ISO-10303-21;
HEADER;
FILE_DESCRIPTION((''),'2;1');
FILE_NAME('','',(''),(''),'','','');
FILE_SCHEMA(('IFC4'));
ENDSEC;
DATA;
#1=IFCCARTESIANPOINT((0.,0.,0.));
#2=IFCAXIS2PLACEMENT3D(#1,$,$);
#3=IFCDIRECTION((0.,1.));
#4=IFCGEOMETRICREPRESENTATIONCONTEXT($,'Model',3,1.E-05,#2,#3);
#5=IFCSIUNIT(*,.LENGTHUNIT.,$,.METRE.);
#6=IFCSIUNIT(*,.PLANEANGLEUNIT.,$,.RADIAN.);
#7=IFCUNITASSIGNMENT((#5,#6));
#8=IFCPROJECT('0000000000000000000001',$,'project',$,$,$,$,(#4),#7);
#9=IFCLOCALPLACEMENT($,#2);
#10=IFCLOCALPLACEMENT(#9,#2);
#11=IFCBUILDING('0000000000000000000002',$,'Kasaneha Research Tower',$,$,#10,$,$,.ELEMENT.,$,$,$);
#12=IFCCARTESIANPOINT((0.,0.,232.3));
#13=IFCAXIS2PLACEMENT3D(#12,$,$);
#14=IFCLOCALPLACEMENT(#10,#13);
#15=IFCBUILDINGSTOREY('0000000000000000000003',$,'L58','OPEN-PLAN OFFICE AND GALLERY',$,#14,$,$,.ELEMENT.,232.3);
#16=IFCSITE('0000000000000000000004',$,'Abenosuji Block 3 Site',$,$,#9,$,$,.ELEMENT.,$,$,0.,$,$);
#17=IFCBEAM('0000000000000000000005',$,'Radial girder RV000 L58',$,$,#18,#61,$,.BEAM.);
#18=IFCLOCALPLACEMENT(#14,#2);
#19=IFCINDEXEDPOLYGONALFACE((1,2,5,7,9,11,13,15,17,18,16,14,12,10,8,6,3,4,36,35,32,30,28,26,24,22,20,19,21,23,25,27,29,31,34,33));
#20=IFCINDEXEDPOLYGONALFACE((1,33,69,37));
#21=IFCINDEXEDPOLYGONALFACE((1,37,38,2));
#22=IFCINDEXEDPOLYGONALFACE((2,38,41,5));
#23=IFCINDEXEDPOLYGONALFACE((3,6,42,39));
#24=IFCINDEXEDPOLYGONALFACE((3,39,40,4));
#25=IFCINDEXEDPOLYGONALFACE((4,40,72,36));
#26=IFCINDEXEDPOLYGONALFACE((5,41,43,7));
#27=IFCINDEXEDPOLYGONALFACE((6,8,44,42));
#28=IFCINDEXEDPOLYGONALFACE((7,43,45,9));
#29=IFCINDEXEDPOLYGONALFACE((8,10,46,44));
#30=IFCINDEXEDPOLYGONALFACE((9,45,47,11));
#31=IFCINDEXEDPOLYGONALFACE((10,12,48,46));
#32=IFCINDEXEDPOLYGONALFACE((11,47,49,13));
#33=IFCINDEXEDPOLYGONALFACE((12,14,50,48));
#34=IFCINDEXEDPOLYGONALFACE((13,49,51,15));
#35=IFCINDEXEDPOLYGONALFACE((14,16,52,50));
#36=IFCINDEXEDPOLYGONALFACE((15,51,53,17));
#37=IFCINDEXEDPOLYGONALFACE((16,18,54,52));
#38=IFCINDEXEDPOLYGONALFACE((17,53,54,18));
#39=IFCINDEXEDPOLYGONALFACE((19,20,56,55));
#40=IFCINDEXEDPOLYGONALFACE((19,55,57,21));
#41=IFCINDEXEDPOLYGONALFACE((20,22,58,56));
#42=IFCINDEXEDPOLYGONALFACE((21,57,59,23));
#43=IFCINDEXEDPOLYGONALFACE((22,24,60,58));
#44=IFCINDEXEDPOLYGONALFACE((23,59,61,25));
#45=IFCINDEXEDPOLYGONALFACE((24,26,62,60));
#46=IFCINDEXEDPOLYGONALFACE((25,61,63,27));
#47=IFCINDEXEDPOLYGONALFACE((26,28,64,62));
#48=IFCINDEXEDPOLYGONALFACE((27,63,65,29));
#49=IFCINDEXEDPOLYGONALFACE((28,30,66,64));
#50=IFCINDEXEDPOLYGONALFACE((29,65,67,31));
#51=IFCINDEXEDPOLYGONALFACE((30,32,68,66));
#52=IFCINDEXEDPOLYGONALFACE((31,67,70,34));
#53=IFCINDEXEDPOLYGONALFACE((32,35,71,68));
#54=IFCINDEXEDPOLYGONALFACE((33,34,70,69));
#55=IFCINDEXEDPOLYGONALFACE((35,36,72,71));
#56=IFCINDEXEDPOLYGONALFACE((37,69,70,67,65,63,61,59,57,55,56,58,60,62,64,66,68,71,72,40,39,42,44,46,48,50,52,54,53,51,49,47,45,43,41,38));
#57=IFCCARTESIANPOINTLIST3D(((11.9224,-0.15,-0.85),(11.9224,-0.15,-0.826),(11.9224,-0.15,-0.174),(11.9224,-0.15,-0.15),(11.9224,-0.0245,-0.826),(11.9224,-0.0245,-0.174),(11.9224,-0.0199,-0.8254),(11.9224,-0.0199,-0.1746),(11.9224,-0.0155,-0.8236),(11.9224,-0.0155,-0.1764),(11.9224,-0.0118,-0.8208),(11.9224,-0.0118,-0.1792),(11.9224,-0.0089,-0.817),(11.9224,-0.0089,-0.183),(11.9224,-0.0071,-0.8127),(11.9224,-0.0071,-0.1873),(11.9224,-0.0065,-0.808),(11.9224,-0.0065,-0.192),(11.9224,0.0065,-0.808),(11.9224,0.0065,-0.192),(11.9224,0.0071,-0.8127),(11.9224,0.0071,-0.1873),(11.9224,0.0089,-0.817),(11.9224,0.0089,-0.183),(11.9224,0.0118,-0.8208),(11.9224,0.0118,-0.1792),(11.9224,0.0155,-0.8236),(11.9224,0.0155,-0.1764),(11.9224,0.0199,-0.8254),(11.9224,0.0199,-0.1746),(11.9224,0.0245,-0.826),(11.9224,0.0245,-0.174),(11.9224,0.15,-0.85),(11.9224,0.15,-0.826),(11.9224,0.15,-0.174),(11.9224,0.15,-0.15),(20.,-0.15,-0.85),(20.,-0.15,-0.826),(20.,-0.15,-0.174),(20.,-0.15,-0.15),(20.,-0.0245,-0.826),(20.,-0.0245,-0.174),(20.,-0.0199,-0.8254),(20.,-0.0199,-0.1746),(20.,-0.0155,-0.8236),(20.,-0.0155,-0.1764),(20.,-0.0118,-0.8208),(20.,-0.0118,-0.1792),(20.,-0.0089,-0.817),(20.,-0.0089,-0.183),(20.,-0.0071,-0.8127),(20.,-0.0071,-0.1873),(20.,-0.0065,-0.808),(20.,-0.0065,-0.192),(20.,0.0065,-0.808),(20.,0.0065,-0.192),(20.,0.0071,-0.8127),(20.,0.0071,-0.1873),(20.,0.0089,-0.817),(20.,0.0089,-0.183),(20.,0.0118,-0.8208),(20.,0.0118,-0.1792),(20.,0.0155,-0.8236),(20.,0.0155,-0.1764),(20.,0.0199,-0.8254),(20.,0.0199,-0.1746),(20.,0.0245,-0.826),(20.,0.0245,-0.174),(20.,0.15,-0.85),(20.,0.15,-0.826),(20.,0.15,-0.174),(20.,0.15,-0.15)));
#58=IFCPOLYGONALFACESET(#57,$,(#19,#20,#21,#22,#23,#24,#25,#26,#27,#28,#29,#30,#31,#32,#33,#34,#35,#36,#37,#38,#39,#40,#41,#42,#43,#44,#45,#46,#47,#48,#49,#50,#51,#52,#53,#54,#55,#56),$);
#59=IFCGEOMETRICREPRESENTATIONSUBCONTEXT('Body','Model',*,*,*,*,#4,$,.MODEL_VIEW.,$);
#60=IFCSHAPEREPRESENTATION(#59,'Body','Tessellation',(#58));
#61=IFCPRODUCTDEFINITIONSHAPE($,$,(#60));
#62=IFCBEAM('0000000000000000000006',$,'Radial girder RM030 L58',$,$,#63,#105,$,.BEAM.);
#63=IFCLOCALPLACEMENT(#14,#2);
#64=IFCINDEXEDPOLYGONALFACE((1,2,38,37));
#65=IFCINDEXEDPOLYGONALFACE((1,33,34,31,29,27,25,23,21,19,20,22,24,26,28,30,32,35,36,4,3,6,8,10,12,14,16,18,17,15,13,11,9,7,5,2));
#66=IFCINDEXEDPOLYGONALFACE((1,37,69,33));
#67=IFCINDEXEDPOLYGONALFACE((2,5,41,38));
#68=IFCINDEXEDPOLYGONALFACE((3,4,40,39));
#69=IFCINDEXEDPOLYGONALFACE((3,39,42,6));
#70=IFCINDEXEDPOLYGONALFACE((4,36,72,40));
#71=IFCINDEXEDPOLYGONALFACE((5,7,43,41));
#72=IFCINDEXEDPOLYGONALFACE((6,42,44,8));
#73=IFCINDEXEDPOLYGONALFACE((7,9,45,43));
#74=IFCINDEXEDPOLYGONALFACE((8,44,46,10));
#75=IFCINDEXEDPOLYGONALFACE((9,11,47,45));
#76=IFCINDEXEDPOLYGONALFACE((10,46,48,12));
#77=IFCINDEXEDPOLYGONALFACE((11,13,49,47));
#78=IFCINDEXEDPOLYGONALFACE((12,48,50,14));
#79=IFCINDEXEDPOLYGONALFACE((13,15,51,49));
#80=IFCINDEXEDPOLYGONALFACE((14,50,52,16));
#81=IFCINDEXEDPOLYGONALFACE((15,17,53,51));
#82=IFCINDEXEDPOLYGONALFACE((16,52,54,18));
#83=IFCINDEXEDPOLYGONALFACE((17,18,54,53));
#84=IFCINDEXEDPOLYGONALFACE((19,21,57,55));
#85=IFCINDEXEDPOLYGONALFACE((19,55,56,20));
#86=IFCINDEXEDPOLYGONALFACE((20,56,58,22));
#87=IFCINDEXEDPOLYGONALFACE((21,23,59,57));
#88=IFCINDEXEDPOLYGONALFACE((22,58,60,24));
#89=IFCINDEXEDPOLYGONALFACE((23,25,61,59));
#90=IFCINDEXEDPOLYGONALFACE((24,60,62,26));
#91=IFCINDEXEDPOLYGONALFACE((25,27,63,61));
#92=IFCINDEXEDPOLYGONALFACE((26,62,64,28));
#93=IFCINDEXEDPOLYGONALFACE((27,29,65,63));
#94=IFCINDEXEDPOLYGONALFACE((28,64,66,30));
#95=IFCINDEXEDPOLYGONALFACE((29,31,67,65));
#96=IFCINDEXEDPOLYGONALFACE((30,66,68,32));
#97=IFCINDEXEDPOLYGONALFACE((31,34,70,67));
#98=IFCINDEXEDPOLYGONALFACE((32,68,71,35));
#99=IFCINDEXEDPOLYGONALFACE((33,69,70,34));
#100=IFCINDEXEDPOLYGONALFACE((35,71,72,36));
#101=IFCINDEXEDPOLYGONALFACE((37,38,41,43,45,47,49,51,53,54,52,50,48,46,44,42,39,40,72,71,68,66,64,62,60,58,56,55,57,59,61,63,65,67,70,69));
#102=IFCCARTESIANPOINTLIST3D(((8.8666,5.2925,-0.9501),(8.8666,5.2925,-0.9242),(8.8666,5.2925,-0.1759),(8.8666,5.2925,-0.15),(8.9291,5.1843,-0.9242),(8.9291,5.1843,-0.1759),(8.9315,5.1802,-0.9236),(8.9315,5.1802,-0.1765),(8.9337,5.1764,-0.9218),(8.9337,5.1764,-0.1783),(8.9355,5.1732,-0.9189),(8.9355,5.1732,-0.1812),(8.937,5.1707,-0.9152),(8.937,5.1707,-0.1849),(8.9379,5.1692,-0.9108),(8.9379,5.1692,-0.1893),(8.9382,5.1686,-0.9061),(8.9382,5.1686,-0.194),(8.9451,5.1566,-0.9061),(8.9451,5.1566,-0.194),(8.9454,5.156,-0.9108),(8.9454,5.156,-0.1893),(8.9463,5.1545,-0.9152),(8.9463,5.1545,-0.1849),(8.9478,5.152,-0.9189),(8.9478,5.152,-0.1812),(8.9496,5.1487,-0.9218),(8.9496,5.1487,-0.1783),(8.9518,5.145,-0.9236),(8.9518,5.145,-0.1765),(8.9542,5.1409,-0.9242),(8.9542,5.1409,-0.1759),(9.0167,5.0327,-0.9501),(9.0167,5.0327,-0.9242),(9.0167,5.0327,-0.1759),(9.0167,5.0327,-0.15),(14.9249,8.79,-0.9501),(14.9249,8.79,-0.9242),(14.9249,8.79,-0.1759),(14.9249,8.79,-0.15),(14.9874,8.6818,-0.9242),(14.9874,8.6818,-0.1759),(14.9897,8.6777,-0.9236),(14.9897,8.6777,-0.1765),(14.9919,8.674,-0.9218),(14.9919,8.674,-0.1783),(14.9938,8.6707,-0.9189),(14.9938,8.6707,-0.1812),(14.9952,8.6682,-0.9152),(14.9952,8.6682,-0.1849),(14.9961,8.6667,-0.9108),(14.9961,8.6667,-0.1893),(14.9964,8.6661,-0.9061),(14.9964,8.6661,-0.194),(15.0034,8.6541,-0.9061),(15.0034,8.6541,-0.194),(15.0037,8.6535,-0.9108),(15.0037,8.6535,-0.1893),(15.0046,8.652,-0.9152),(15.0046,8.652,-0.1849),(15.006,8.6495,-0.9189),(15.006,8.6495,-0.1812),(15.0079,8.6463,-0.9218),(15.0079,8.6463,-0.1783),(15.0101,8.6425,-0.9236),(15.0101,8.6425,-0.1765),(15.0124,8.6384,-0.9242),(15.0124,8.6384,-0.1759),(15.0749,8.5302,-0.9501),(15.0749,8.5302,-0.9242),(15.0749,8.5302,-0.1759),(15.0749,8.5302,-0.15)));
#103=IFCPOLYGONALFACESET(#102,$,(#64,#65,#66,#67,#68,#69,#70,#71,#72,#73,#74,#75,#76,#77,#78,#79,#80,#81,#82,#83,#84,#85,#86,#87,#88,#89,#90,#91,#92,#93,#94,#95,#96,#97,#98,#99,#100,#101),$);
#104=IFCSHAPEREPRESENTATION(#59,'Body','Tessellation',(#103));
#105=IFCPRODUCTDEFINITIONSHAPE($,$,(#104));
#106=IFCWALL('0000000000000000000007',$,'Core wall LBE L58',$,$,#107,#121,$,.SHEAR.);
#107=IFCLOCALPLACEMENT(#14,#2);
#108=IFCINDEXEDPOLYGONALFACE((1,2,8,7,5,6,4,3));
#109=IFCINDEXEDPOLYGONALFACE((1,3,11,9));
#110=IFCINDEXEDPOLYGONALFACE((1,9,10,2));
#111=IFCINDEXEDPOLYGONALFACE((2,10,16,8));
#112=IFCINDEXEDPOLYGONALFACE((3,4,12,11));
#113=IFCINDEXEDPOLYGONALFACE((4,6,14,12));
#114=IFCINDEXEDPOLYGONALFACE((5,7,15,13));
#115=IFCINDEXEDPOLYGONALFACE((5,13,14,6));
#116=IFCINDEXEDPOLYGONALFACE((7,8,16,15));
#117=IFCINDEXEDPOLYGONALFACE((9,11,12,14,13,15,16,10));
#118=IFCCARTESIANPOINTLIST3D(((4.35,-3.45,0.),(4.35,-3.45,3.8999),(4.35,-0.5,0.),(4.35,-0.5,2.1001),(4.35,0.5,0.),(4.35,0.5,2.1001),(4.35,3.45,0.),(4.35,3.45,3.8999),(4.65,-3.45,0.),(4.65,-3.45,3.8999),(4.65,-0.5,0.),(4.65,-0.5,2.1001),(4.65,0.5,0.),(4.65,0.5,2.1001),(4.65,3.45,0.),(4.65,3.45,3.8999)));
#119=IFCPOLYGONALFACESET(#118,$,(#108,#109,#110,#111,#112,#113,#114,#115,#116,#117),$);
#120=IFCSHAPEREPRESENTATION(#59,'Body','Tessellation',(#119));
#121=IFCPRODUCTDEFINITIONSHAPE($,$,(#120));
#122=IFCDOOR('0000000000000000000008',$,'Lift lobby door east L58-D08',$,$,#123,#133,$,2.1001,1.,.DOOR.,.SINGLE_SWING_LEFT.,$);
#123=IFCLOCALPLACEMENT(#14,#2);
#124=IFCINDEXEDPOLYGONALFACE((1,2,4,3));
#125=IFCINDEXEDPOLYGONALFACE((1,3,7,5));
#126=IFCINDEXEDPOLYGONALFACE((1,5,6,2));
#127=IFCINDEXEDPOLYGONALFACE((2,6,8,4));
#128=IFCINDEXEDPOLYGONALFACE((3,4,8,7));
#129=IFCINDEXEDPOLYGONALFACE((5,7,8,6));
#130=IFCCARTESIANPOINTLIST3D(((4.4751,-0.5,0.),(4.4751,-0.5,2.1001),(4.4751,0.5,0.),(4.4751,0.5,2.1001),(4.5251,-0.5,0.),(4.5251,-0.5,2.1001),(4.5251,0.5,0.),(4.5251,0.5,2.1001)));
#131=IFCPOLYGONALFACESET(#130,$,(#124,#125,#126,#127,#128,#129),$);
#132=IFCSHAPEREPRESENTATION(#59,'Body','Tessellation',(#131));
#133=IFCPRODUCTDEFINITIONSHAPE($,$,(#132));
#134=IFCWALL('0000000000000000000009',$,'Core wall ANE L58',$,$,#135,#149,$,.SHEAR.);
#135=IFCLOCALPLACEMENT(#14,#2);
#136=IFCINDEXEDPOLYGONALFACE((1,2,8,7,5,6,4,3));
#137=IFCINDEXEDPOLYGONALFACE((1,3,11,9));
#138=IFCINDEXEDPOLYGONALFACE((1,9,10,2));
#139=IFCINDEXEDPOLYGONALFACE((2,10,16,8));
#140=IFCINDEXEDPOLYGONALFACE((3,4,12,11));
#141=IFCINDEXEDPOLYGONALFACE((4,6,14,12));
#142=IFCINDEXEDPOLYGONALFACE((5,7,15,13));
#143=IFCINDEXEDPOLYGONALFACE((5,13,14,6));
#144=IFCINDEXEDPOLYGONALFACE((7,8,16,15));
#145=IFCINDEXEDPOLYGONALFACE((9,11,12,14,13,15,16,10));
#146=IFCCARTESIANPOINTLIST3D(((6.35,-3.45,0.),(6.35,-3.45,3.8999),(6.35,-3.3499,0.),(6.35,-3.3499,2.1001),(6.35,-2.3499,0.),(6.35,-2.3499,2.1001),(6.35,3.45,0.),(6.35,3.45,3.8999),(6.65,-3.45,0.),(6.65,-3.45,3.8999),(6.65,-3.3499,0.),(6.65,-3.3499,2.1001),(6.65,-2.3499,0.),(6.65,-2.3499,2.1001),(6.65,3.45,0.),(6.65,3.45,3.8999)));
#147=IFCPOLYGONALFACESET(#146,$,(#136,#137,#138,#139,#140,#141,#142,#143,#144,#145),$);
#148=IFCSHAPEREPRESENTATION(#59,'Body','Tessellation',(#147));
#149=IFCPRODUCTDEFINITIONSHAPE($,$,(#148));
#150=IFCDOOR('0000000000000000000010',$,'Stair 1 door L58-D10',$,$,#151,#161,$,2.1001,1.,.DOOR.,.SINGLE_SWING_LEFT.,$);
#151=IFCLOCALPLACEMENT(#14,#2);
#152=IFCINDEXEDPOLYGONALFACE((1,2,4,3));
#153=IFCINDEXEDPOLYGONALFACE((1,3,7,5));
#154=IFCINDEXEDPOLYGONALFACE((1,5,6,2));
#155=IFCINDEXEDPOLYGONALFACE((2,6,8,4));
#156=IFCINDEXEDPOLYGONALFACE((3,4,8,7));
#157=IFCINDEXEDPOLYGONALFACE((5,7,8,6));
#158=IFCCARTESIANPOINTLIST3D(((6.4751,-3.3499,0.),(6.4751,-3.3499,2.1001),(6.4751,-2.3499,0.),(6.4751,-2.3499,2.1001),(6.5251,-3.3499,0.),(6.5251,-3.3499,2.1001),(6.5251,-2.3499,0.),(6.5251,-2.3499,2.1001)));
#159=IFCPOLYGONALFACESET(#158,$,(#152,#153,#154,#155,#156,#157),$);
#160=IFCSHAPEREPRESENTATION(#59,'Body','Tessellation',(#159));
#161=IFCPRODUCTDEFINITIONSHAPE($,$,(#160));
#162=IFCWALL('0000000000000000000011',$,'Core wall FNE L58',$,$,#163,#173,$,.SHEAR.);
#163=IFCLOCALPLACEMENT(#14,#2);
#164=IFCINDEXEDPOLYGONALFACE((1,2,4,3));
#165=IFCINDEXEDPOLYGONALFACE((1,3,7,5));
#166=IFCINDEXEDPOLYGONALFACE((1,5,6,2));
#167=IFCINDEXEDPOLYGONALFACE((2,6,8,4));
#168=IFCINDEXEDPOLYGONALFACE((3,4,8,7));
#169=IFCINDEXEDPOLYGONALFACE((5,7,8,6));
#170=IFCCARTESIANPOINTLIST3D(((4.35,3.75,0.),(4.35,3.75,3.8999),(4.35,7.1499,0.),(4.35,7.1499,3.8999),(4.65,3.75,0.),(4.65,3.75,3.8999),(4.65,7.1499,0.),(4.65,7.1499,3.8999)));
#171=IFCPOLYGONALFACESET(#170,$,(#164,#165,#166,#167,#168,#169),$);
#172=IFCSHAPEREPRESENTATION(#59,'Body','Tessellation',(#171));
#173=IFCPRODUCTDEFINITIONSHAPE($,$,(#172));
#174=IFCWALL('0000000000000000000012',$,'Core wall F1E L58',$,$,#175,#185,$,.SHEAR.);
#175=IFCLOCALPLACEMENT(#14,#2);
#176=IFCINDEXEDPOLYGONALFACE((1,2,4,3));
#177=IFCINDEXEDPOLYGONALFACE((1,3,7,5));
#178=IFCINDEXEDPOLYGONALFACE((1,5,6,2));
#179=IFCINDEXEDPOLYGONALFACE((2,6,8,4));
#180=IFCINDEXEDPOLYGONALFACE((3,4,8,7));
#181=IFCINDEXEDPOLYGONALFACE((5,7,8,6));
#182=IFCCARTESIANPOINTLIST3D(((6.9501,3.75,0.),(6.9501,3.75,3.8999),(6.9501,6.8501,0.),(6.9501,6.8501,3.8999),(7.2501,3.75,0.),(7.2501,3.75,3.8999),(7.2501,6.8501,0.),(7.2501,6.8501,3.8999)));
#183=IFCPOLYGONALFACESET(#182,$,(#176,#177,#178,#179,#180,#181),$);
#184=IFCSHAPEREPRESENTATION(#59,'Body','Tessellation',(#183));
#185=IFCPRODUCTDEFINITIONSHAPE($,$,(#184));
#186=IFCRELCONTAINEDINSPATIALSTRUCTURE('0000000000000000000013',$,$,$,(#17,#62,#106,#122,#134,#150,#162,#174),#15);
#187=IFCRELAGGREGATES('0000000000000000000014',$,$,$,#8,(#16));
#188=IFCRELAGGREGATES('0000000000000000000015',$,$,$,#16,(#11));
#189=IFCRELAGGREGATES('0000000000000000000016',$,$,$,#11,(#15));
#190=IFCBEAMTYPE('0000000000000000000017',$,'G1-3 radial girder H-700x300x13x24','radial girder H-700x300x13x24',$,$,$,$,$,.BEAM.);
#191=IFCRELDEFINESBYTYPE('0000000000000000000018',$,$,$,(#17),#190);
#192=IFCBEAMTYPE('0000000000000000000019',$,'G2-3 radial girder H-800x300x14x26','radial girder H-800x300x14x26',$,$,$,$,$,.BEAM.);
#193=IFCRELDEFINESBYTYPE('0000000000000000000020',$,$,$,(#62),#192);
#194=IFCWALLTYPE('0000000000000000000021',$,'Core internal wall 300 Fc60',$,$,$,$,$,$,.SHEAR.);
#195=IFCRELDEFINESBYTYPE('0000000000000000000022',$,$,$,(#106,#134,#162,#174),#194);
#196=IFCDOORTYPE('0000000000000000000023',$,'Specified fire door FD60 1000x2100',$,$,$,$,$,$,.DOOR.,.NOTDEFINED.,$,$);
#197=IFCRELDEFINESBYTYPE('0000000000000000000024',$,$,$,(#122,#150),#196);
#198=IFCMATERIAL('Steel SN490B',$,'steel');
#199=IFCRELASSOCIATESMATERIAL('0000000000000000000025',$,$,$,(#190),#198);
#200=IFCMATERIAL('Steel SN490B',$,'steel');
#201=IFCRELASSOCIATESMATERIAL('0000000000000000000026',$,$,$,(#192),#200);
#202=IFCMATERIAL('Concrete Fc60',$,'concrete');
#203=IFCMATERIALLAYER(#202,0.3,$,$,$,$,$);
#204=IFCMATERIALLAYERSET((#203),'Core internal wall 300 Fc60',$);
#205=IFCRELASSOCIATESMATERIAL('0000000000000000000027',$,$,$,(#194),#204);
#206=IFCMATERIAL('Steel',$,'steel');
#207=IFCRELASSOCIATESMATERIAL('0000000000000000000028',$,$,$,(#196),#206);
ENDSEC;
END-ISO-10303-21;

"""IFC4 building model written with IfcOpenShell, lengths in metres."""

from ifc_helpers import new_model, si_unit, direction, frame, frame_2d, origin, origin_2d, place, context, subcontext, project, spatial, rectangle, i_section, extrude, material, layer, layer_set, material_profile, profile_set, type_object, element, fill, save


model = new_model("IFC4")

# Units and contexts
model_context = context("Model", 3, precision=1e-05, world=origin(), true_north=direction((0.0, 1.0)))
body_context = subcontext(model_context, "Body", "Model", "MODEL_VIEW")
ifc_project = project(units=[si_unit("LENGTHUNIT", "METRE"), si_unit("PLANEANGLEUNIT", "RADIAN")], contexts=[model_context])

# Site, building, storey
site_placement = place(None, origin())
site = spatial("IfcSite", under=ifc_project, at=site_placement, Name="Abenosuji Block 3 Site", CompositionType="ELEMENT", RefElevation=0.0)
building_placement = place(site_placement, origin())
building = spatial("IfcBuilding", under=site, at=building_placement, Name="Kasaneha Research Tower", CompositionType="ELEMENT")
storey_placement = place(building_placement, frame((0.0, 0.0, 232.3)))
storey = spatial("IfcBuildingStorey", under=building, at=storey_placement, Name="L58", Description="OPEN-PLAN OFFICE AND GALLERY", CompositionType="ELEMENT", Elevation=232.3)

# Beams
ifc_material_1 = material(Name="Steel SN490B", Category="steel")
ifc_material_profile_1 = material_profile(ifc_material_1, i_section(OverallWidth=0.3, OverallDepth=0.7, WebThickness=0.0129, FlangeThickness=0.0239, FilletRadius=0.0181, at=origin_2d()), Name="H-700x300x13x24")
ifc_profile_set_1 = profile_set([ifc_material_profile_1], Name="Steel SN490B")
beam_type_1 = type_object("IfcBeamType", Name="G1-3 radial girder H-700x300x13x24", Description="radial girder H-700x300x13x24", PredefinedType="BEAM", material=ifc_profile_set_1)
beam_1_placement = place(storey_placement, frame((11.9224, 0.0, -0.5), z_axis=(1.0, 0.0, 0.0), x_axis=(0.0, 1.0, 0.0)))
element("IfcBeam", 1, at=beam_1_placement, inside=storey, type_object=beam_type_1, Name="Radial girder RV000 L58", PredefinedType="BEAM", context=body_context, shape_type="SweptSolid", body=[
    extrude(i_section(OverallWidth=0.3, OverallDepth=0.7, WebThickness=0.0129, FlangeThickness=0.0239, FilletRadius=0.0181, at=origin_2d()), origin(), (0.0, 0.0, 1.0), 8.0776),
])
ifc_material_2 = material(Name="Steel SN490B", Category="steel")
ifc_material_profile_2 = material_profile(ifc_material_2, i_section(OverallWidth=0.3, OverallDepth=0.8, WebThickness=0.0139, FlangeThickness=0.0259, FilletRadius=0.0181, at=origin_2d()), Name="H-800x300x14x26")
ifc_profile_set_2 = profile_set([ifc_material_profile_2], Name="Steel SN490B")
beam_type_2 = type_object("IfcBeamType", Name="G2-3 radial girder H-800x300x14x26", Description="radial girder H-800x300x14x26", PredefinedType="BEAM", material=ifc_profile_set_2)
beam_2_placement = place(storey_placement, frame((8.9417, 5.1626, -0.55), z_axis=(0.86604, 0.499975, 0.0), x_axis=(-0.499975, 0.86604, 0.0)))
element("IfcBeam", 2, at=beam_2_placement, inside=storey, type_object=beam_type_2, Name="Radial girder RM030 L58", PredefinedType="BEAM", context=body_context, shape_type="SweptSolid", body=[
    extrude(i_section(OverallWidth=0.3, OverallDepth=0.8, WebThickness=0.0139, FlangeThickness=0.0259, FilletRadius=0.0181, at=origin_2d()), origin(), (0.0, 0.0, 1.0), 6.9954),
])

# Walls, openings, doors
ifc_material_3 = material(Name="Concrete Fc60", Category="concrete")
ifc_layer_1 = layer(ifc_material_3, 0.3)
ifc_layer_set_1 = layer_set([ifc_layer_1], Name="Core internal wall 300 Fc60")
wall_type_1 = type_object("IfcWallType", Name="Core internal wall 300 Fc60", PredefinedType="SHEAR", material=ifc_layer_set_1)
wall_1_placement = place(storey_placement, frame((4.5, -3.45, 0.0), z_axis=(0.0, 0.0, 1.0), x_axis=(0.0, 1.0, 0.0)))
wall_1 = element("IfcWall", 3, at=wall_1_placement, inside=storey, type_object=wall_type_1, Name="Core wall LBE L58", PredefinedType="SHEAR", context=body_context, shape_type="SweptSolid", body=[
    extrude(rectangle(XDim=6.8999, YDim=0.3, at=frame_2d((3.45, 0.0))), origin(), (0.0, 0.0, 1.0), 3.8999),
])
opening_1_placement = place(wall_1_placement, frame((2.95, 0.0, 0.0)))
opening_1 = element("IfcOpeningElement", 4, at=opening_1_placement, cuts=wall_1, PredefinedType="OPENING", context=body_context, shape_type="SweptSolid", body=[
    extrude(rectangle(XDim=1.0, YDim=2.1001, at=frame_2d((0.5, 1.05))), frame((0.0, 0.1602, 0.0), z_axis=(0.0, -1.0, 0.0), x_axis=(1.0, 0.0, 0.0)), (0.0, 0.0, 1.0), 0.3201),
])
ifc_material_4 = material(Name="Steel", Category="steel")
door_type_1 = type_object("IfcDoorType", Name="Specified fire door FD60 1000x2100", OperationType="NOTDEFINED", PredefinedType="DOOR", material=ifc_material_4)
door_1_placement = place(opening_1_placement, origin())
door_1 = element("IfcDoor", 5, at=door_1_placement, inside=storey, type_object=door_type_1, Name="Lift lobby door east L58-D08", OperationType="SINGLE_SWING_LEFT", OverallHeight=2.1001, OverallWidth=1.0, PredefinedType="DOOR", context=body_context, shape_type="SweptSolid", body=[
    extrude(rectangle(XDim=1.0, YDim=2.1001, at=frame_2d((0.5, 1.05))), frame((0.0, 0.0249, 0.0), z_axis=(0.0, -1.0, 0.0), x_axis=(1.0, 0.0, 0.0)), (0.0, 0.0, 1.0), 0.05),
])
fill(opening_1, door_1)
wall_2_placement = place(storey_placement, frame((6.5, -3.45, 0.0), z_axis=(0.0, 0.0, 1.0), x_axis=(0.0, 1.0, 0.0)))
wall_2 = element("IfcWall", 6, at=wall_2_placement, inside=storey, type_object=wall_type_1, Name="Core wall ANE L58", PredefinedType="SHEAR", context=body_context, shape_type="SweptSolid", body=[
    extrude(rectangle(XDim=6.8999, YDim=0.3, at=frame_2d((3.45, 0.0))), origin(), (0.0, 0.0, 1.0), 3.8999),
])
opening_2_placement = place(wall_2_placement, frame((0.1001, 0.0, 0.0)))
opening_2 = element("IfcOpeningElement", 7, at=opening_2_placement, cuts=wall_2, PredefinedType="OPENING", context=body_context, shape_type="SweptSolid", body=[
    extrude(rectangle(XDim=1.0, YDim=2.1001, at=frame_2d((0.5, 1.05))), frame((0.0, 0.1602, 0.0), z_axis=(0.0, -1.0, 0.0), x_axis=(1.0, 0.0, 0.0)), (0.0, 0.0, 1.0), 0.3201),
])
door_2_placement = place(opening_2_placement, origin())
door_2 = element("IfcDoor", 8, at=door_2_placement, inside=storey, type_object=door_type_1, Name="Stair 1 door L58-D10", OperationType="SINGLE_SWING_LEFT", OverallHeight=2.1001, OverallWidth=1.0, PredefinedType="DOOR", context=body_context, shape_type="SweptSolid", body=[
    extrude(rectangle(XDim=1.0, YDim=2.1001, at=frame_2d((0.5, 1.05))), frame((0.0, 0.0249, 0.0), z_axis=(0.0, -1.0, 0.0), x_axis=(1.0, 0.0, 0.0)), (0.0, 0.0, 1.0), 0.05),
])
fill(opening_2, door_2)

# Walls
wall_3_placement = place(storey_placement, frame((4.5, 3.75, 0.0), z_axis=(0.0, 0.0, 1.0), x_axis=(0.0, 1.0, 0.0)))
element("IfcWall", 9, at=wall_3_placement, inside=storey, type_object=wall_type_1, Name="Core wall FNE L58", PredefinedType="SHEAR", context=body_context, shape_type="SweptSolid", body=[
    extrude(rectangle(XDim=3.3999, YDim=0.3, at=frame_2d((1.7, 0.0))), origin(), (0.0, 0.0, 1.0), 3.8999),
])
wall_4_placement = place(storey_placement, frame((7.1001, 3.75, 0.0), z_axis=(0.0, 0.0, 1.0), x_axis=(0.0, 1.0, 0.0)))
element("IfcWall", 10, at=wall_4_placement, inside=storey, type_object=wall_type_1, Name="Core wall F1E L58", PredefinedType="SHEAR", context=body_context, shape_type="SweptSolid", body=[
    extrude(rectangle(XDim=3.1001, YDim=0.3, at=frame_2d((1.55, 0.0))), origin(), (0.0, 0.0, 1.0), 3.8999),
])

save(model, "model.ifc")
